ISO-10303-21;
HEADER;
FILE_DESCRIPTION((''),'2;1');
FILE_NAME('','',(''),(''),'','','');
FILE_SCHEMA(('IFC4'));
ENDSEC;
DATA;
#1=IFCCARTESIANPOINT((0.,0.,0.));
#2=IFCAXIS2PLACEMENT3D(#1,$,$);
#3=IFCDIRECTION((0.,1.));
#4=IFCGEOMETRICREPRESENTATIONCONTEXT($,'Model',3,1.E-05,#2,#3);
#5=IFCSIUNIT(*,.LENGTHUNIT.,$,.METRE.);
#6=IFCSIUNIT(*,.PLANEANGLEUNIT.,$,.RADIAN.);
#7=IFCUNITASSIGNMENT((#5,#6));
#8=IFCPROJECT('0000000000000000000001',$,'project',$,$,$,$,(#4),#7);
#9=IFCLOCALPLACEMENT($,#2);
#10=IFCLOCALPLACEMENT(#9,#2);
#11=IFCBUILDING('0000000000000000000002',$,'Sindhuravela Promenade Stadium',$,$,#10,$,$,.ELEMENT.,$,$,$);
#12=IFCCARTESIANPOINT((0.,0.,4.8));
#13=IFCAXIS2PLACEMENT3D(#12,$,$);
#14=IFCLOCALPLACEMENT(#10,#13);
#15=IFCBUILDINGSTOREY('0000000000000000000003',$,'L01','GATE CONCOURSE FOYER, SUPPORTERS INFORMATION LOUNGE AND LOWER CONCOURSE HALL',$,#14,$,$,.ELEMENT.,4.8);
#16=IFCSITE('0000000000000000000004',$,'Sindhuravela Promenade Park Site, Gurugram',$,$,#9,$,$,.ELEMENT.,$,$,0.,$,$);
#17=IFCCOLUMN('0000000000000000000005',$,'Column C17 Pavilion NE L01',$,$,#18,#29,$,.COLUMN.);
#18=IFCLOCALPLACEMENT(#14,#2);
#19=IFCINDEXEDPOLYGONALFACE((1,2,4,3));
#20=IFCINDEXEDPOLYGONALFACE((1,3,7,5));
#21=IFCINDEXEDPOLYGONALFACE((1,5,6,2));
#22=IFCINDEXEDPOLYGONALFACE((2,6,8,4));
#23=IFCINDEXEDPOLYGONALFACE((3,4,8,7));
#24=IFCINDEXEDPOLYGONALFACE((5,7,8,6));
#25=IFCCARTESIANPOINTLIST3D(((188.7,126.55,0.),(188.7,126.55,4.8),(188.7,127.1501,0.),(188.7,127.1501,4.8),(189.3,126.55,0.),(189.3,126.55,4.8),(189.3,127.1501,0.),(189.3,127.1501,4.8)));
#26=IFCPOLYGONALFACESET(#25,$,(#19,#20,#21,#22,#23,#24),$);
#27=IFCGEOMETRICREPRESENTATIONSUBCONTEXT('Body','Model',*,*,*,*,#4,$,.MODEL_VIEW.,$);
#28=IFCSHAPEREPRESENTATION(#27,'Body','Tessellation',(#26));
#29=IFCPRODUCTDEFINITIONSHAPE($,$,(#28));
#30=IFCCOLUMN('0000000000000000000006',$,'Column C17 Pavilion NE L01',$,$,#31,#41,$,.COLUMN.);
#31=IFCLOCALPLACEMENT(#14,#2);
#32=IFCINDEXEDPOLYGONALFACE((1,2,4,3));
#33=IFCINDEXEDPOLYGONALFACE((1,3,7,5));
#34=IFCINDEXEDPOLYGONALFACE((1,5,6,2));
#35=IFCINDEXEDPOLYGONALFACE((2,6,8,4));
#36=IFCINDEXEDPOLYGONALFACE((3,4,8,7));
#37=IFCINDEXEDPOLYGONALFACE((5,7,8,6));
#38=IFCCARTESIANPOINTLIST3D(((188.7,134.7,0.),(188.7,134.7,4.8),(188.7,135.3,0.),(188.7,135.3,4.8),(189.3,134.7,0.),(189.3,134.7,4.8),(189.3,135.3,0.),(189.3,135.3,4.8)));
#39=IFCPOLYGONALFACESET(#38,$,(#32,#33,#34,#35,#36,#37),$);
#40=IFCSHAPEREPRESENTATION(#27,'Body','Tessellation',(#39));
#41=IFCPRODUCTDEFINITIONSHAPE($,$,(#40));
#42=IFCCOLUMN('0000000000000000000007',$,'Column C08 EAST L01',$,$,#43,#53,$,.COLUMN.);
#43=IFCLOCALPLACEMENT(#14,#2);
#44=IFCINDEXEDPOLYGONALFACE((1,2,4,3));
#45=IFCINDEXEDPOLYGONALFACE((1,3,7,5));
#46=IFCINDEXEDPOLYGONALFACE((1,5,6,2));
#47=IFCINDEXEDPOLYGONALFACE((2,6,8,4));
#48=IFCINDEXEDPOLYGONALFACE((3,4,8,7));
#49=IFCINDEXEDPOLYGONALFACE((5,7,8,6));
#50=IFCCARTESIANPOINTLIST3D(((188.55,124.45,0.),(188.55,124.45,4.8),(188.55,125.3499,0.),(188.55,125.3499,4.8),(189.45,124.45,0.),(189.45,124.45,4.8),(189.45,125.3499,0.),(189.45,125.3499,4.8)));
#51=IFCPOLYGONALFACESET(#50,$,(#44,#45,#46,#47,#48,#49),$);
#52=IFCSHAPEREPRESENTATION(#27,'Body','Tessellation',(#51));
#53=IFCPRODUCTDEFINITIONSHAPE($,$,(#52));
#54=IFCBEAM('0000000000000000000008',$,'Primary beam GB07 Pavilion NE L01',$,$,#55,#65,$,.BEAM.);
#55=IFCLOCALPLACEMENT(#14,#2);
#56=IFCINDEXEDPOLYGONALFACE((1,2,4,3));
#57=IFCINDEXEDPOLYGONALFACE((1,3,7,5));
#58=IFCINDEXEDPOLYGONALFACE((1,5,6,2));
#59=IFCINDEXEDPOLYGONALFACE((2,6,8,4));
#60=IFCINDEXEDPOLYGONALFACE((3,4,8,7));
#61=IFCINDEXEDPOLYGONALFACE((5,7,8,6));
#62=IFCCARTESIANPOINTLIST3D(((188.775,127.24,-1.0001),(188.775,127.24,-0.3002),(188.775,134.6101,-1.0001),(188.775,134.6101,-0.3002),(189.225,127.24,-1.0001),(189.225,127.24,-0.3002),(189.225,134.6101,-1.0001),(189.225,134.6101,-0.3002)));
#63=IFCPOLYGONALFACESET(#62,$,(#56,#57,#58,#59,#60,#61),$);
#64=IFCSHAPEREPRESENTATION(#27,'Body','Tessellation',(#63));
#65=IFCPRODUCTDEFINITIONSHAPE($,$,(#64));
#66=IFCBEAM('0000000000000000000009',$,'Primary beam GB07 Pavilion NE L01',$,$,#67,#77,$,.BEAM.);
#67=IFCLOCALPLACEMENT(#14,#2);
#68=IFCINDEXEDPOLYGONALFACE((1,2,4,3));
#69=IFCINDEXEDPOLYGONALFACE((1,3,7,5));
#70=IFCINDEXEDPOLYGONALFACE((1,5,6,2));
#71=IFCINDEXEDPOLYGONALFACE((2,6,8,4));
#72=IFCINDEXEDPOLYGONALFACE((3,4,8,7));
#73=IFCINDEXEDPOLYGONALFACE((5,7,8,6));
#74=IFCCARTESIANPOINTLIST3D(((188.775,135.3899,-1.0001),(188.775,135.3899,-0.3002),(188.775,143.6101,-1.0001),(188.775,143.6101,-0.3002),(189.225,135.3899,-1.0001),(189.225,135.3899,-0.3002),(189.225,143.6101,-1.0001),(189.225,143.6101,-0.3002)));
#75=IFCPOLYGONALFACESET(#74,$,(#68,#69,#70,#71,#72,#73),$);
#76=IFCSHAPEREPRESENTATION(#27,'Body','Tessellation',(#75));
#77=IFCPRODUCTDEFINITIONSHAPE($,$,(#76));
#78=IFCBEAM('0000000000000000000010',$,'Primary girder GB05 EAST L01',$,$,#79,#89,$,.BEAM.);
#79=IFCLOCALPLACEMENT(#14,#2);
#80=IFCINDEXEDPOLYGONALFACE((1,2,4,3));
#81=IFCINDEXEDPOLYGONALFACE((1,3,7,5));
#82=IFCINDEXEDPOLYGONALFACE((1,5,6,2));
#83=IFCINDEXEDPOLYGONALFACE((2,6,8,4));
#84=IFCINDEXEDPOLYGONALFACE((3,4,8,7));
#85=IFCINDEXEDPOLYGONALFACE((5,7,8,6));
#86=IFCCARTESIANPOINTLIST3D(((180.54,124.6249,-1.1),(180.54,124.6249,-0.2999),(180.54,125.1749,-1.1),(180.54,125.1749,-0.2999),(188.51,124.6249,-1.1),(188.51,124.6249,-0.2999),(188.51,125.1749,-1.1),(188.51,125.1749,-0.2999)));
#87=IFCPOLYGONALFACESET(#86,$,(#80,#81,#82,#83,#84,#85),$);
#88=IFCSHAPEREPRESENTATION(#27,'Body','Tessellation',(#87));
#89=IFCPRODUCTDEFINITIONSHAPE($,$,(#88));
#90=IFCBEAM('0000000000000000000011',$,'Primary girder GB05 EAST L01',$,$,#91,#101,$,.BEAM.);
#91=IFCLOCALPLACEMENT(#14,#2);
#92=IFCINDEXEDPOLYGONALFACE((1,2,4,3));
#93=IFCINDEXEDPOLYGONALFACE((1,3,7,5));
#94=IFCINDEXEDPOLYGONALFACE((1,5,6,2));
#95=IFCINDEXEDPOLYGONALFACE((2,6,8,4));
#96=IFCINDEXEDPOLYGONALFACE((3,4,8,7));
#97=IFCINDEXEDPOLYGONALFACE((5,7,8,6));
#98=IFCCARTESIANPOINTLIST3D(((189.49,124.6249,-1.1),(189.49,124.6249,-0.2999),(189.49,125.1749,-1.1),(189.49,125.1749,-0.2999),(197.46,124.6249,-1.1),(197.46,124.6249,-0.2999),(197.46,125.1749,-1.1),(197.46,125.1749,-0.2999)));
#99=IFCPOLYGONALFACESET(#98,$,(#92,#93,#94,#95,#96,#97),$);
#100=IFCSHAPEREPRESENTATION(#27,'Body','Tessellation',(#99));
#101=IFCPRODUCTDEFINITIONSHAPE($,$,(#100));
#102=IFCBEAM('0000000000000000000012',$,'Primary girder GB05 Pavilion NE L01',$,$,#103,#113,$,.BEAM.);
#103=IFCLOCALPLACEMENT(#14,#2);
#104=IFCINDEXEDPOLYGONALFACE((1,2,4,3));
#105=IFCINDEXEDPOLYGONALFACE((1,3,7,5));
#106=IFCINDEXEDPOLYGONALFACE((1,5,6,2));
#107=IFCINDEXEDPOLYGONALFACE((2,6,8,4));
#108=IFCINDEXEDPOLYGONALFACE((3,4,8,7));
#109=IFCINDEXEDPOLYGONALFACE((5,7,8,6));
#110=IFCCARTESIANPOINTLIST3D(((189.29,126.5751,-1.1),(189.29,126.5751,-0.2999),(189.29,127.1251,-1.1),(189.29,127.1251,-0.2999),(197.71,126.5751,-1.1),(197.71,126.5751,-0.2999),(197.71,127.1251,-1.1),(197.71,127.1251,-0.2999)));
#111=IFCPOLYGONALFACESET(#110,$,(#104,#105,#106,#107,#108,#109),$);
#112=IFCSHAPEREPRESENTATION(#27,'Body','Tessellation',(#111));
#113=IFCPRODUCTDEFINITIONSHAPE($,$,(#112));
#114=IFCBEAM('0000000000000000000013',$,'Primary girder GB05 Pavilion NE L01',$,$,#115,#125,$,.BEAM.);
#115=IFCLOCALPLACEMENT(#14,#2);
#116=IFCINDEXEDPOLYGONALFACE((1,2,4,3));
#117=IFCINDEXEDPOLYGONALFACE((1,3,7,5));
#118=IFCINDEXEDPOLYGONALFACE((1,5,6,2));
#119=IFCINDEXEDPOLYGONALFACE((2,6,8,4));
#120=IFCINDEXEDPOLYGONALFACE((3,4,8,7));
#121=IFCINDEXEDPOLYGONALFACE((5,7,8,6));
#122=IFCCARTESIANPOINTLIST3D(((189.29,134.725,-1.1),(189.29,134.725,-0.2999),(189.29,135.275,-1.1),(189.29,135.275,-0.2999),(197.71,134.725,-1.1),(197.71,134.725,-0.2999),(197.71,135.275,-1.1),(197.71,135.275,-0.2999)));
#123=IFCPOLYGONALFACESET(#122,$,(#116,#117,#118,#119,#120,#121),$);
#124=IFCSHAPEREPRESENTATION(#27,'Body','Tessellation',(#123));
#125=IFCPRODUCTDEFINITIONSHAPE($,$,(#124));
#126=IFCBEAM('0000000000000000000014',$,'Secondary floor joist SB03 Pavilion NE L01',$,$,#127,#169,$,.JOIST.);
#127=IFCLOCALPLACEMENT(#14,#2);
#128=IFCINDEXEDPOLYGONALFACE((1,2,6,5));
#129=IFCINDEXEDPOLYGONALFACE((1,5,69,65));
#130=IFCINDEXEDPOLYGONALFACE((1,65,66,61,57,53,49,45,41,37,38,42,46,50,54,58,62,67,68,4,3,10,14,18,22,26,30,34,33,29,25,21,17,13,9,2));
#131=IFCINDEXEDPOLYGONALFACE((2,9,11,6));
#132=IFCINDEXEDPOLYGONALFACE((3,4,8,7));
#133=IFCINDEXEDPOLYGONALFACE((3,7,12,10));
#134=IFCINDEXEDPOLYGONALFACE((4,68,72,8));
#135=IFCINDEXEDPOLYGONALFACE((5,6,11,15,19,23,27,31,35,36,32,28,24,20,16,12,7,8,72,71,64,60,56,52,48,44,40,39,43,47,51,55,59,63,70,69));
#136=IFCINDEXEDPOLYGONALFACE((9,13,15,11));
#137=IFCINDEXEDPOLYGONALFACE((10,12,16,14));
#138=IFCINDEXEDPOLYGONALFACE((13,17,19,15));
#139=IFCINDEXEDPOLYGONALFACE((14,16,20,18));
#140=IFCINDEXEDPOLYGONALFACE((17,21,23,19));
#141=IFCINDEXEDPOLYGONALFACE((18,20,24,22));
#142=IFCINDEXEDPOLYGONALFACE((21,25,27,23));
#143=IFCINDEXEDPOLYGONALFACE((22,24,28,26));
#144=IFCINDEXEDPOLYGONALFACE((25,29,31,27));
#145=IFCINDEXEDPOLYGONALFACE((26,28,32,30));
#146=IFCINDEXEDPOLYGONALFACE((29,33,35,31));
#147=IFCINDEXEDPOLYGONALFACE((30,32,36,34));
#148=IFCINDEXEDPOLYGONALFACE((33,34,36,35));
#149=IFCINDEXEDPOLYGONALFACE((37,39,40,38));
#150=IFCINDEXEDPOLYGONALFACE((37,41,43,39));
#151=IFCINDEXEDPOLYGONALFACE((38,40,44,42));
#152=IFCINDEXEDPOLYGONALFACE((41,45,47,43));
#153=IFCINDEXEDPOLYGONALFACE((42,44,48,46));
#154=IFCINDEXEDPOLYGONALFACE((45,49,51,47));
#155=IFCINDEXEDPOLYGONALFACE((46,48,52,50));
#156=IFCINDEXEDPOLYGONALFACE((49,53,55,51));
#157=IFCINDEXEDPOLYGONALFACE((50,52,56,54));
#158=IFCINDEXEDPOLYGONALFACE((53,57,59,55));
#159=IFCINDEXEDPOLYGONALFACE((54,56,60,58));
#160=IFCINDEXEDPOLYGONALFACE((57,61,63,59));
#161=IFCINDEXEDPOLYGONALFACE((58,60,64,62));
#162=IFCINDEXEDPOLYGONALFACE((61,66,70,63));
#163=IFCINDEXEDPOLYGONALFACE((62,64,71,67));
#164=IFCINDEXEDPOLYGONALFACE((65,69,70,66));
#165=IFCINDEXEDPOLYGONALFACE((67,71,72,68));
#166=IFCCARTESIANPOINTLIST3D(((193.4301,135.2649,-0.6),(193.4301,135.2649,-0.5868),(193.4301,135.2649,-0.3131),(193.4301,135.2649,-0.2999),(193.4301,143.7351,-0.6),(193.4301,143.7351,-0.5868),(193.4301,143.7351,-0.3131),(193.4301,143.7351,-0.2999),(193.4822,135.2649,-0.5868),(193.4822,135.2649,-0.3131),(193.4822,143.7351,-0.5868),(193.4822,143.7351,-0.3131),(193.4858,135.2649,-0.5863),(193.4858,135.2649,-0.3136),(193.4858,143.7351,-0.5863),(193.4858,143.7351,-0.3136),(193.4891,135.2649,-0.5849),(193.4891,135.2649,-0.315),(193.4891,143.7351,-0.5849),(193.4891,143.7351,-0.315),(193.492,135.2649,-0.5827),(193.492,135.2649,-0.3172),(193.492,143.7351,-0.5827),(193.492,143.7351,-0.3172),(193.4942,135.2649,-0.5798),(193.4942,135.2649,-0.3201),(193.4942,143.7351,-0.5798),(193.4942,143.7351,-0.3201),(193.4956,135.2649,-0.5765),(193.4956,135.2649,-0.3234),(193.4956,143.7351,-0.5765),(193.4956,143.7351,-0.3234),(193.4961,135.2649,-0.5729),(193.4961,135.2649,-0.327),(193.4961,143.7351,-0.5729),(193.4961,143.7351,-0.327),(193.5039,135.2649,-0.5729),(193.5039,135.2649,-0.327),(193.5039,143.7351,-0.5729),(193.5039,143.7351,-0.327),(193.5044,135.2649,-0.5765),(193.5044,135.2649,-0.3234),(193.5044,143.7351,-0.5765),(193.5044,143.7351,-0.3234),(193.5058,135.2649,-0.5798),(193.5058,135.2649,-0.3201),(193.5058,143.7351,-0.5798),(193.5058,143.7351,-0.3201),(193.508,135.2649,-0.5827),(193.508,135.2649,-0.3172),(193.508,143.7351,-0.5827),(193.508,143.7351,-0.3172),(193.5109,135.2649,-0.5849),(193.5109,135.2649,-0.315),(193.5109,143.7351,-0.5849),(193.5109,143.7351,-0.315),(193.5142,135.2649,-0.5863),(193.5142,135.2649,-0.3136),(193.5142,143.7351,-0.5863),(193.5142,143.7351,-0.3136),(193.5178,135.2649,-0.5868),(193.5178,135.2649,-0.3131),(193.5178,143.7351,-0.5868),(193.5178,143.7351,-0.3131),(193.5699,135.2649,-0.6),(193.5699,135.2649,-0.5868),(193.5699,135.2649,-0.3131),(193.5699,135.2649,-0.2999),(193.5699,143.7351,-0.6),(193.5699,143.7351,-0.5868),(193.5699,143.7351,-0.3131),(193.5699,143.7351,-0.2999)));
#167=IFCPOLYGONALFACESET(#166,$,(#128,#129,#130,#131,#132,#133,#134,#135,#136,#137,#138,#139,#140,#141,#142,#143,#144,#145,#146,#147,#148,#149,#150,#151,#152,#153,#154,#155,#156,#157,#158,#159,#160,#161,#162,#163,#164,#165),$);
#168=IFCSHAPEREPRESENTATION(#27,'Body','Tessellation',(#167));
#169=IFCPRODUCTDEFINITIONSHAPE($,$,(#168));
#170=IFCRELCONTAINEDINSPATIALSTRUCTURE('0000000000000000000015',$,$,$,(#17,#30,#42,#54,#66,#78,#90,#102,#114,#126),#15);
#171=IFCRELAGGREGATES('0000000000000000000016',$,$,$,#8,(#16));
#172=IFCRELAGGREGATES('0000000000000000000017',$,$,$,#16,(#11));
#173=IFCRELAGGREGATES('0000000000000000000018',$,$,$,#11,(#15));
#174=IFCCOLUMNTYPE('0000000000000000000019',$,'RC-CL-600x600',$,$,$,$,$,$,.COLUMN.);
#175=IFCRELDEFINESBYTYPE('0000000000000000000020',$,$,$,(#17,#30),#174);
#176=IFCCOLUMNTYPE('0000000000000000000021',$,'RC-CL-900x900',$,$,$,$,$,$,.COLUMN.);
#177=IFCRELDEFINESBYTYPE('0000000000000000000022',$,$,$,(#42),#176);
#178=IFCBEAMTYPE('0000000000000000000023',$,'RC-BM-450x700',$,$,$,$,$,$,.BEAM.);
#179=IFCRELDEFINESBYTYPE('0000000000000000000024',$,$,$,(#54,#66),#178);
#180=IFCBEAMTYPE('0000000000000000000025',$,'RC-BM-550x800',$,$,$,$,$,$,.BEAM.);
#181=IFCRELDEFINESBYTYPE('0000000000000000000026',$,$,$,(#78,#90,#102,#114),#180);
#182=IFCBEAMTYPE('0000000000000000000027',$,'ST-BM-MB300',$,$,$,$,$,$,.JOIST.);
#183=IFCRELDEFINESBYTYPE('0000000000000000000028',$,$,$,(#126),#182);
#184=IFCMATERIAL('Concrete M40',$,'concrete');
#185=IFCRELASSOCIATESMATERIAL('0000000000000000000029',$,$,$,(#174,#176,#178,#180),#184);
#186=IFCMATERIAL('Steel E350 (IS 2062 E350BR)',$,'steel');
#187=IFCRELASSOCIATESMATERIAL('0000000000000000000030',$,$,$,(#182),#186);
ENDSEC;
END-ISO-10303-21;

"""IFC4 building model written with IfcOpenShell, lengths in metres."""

from ifc_helpers import new_model, si_unit, direction, frame, origin, origin_2d, place, context, subcontext, project, spatial, rectangle, i_section, extrude, material, material_profile, profile_set, type_object, element, save


model = new_model("IFC4")

# Units and contexts
model_context = context("Model", 3, precision=1e-05, world=origin(), true_north=direction((0.0, 1.0)))
body_context = subcontext(model_context, "Body", "Model", "MODEL_VIEW")
ifc_project = project(units=[si_unit("LENGTHUNIT", "METRE"), si_unit("PLANEANGLEUNIT", "RADIAN")], contexts=[model_context])

# Site, building, storey
site_placement = place(None, origin())
site = spatial("IfcSite", under=ifc_project, at=site_placement, Name="Sindhuravela Promenade Park Site, Gurugram", CompositionType="ELEMENT", RefElevation=0.0)
building_placement = place(site_placement, origin())
building = spatial("IfcBuilding", under=site, at=building_placement, Name="Sindhuravela Promenade Stadium", CompositionType="ELEMENT")
storey_placement = place(building_placement, frame((0.0, 0.0, 4.8)))
storey = spatial("IfcBuildingStorey", under=building, at=storey_placement, Name="L01", Description="GATE CONCOURSE FOYER, SUPPORTERS INFORMATION LOUNGE AND LOWER CONCOURSE HALL", CompositionType="ELEMENT", Elevation=4.8)

# Columns
ifc_material_1 = material(Name="Concrete M40", Category="concrete")
ifc_material_profile_1 = material_profile(ifc_material_1, rectangle(XDim=0.6001, YDim=0.6001, at=origin_2d()), Name="RC 600x600")
ifc_profile_set_1 = profile_set([ifc_material_profile_1], Name="Concrete M40")
column_type_1 = type_object("IfcColumnType", Name="RC-CL-600x600", PredefinedType="COLUMN", material=ifc_profile_set_1)
for number, where, z_axis, x_axis, name in (
    (1, (189.0, 126.8501, 0.0), (0.0, 0.0, 1.0), (1.0, 0.0, 0.0), "Column C17 Pavilion NE L01"),
    (2, (189.0, 135.0, 0.0), (0.0, 0.0, 1.0), (1.0, 0.0, 0.0), "Column C17 Pavilion NE L01"),
):
    element("IfcColumn", number, at=place(storey_placement, frame(where, z_axis=z_axis, x_axis=x_axis)), inside=storey, type_object=column_type_1, Name=name, PredefinedType="COLUMN", context=body_context, shape_type="SweptSolid", body=[
        extrude(rectangle(XDim=0.6001, YDim=0.6001, at=origin_2d()), origin(), (0.0, 0.0, 1.0), 4.8),
    ])
ifc_material_profile_2 = material_profile(ifc_material_1, rectangle(XDim=0.8999, YDim=0.8999, at=origin_2d()), Name="RC 900x900")
ifc_profile_set_2 = profile_set([ifc_material_profile_2], Name="Concrete M40")
column_type_2 = type_object("IfcColumnType", Name="RC-CL-900x900", PredefinedType="COLUMN", material=ifc_profile_set_2)
column_placement = place(storey_placement, frame((189.0, 124.8999, 0.0), z_axis=(0.0, 0.0, 1.0), x_axis=(1.0, 0.0, 0.0)))
element("IfcColumn", 3, at=column_placement, inside=storey, type_object=column_type_2, Name="Column C08 EAST L01", PredefinedType="COLUMN", context=body_context, shape_type="SweptSolid", body=[
    extrude(rectangle(XDim=0.8999, YDim=0.8999, at=origin_2d()), origin(), (0.0, 0.0, 1.0), 4.8),
])

# Beams
ifc_material_profile_3 = material_profile(ifc_material_1, rectangle(XDim=0.45, YDim=0.7, at=origin_2d()), Name="RC 450x700")
ifc_profile_set_3 = profile_set([ifc_material_profile_3], Name="Concrete M40")
beam_type_1 = type_object("IfcBeamType", Name="RC-BM-450x700", PredefinedType="BEAM", material=ifc_profile_set_3)
beam_1_placement = place(storey_placement, frame((189.0, 127.24, -0.6501), z_axis=(0.0, 1.0, 0.0), x_axis=(-1.0, 0.0, 0.0)))
element("IfcBeam", 4, at=beam_1_placement, inside=storey, type_object=beam_type_1, Name="Primary beam GB07 Pavilion NE L01", PredefinedType="BEAM", context=body_context, shape_type="SweptSolid", body=[
    extrude(rectangle(XDim=0.45, YDim=0.7, at=origin_2d()), origin(), (0.0, 0.0, 1.0), 7.3701),
])
beam_2_placement = place(storey_placement, frame((189.0, 135.3899, -0.6501), z_axis=(0.0, 1.0, 0.0), x_axis=(-1.0, 0.0, 0.0)))
element("IfcBeam", 5, at=beam_2_placement, inside=storey, type_object=beam_type_1, Name="Primary beam GB07 Pavilion NE L01", PredefinedType="BEAM", context=body_context, shape_type="SweptSolid", body=[
    extrude(rectangle(XDim=0.45, YDim=0.7, at=origin_2d()), origin(), (0.0, 0.0, 1.0), 8.2202),
])
ifc_material_profile_4 = material_profile(ifc_material_1, rectangle(XDim=0.55, YDim=0.8, at=origin_2d()), Name="RC 550x800")
ifc_profile_set_4 = profile_set([ifc_material_profile_4], Name="Concrete M40")
beam_type_2 = type_object("IfcBeamType", Name="RC-BM-550x800", PredefinedType="BEAM", material=ifc_profile_set_4)
for number, where, z_axis, x_axis, name in (
    (6, (180.54, 124.8999, -0.7), (1.0, 0.0, 0.0), (0.0, 1.0, 0.0), "Primary girder GB05 EAST L01"),
    (7, (189.49, 124.8999, -0.7), (1.0, 0.0, 0.0), (0.0, 1.0, 0.0), "Primary girder GB05 EAST L01"),
):
    element("IfcBeam", number, at=place(storey_placement, frame(where, z_axis=z_axis, x_axis=x_axis)), inside=storey, type_object=beam_type_2, Name=name, PredefinedType="BEAM", context=body_context, shape_type="SweptSolid", body=[
        extrude(rectangle(XDim=0.55, YDim=0.8, at=origin_2d()), origin(), (0.0, 0.0, 1.0), 7.97),
    ])
for number, where, z_axis, x_axis, name in (
    (8, (189.29, 126.8501, -0.7), (1.0, 0.0, 0.0), (0.0, 1.0, 0.0), "Primary girder GB05 Pavilion NE L01"),
    (9, (189.29, 135.0, -0.7), (1.0, 0.0, 0.0), (0.0, 1.0, 0.0), "Primary girder GB05 Pavilion NE L01"),
):
    element("IfcBeam", number, at=place(storey_placement, frame(where, z_axis=z_axis, x_axis=x_axis)), inside=storey, type_object=beam_type_2, Name=name, PredefinedType="BEAM", context=body_context, shape_type="SweptSolid", body=[
        extrude(rectangle(XDim=0.55, YDim=0.8, at=origin_2d()), origin(), (0.0, 0.0, 1.0), 8.4199),
    ])
ifc_material_2 = material(Name="Steel E350 (IS 2062 E350BR)", Category="steel")
ifc_material_profile_5 = material_profile(ifc_material_2, i_section(OverallWidth=0.1399, OverallDepth=0.3, WebThickness=0.0078, FlangeThickness=0.0132, FilletRadius=0.0139, at=origin_2d()), Name="ISMB 300")
ifc_profile_set_5 = profile_set([ifc_material_profile_5], Name="Steel E350 (IS 2062 E350BR)")
beam_type_3 = type_object("IfcBeamType", Name="ST-BM-MB300", PredefinedType="JOIST", material=ifc_profile_set_5)
beam_3_placement = place(storey_placement, frame((193.5, 135.2649, -0.45), z_axis=(0.0, 1.0, 0.0), x_axis=(-1.0, 0.0, 0.0)))
element("IfcBeam", 10, at=beam_3_placement, inside=storey, type_object=beam_type_3, Name="Secondary floor joist SB03 Pavilion NE L01", PredefinedType="JOIST", context=body_context, shape_type="SweptSolid", body=[
    extrude(i_section(OverallWidth=0.1399, OverallDepth=0.3, WebThickness=0.0078, FlangeThickness=0.0132, FilletRadius=0.0139, at=origin_2d()), origin(), (0.0, 0.0, 1.0), 8.4702),
])

save(model, "model.ifc")
